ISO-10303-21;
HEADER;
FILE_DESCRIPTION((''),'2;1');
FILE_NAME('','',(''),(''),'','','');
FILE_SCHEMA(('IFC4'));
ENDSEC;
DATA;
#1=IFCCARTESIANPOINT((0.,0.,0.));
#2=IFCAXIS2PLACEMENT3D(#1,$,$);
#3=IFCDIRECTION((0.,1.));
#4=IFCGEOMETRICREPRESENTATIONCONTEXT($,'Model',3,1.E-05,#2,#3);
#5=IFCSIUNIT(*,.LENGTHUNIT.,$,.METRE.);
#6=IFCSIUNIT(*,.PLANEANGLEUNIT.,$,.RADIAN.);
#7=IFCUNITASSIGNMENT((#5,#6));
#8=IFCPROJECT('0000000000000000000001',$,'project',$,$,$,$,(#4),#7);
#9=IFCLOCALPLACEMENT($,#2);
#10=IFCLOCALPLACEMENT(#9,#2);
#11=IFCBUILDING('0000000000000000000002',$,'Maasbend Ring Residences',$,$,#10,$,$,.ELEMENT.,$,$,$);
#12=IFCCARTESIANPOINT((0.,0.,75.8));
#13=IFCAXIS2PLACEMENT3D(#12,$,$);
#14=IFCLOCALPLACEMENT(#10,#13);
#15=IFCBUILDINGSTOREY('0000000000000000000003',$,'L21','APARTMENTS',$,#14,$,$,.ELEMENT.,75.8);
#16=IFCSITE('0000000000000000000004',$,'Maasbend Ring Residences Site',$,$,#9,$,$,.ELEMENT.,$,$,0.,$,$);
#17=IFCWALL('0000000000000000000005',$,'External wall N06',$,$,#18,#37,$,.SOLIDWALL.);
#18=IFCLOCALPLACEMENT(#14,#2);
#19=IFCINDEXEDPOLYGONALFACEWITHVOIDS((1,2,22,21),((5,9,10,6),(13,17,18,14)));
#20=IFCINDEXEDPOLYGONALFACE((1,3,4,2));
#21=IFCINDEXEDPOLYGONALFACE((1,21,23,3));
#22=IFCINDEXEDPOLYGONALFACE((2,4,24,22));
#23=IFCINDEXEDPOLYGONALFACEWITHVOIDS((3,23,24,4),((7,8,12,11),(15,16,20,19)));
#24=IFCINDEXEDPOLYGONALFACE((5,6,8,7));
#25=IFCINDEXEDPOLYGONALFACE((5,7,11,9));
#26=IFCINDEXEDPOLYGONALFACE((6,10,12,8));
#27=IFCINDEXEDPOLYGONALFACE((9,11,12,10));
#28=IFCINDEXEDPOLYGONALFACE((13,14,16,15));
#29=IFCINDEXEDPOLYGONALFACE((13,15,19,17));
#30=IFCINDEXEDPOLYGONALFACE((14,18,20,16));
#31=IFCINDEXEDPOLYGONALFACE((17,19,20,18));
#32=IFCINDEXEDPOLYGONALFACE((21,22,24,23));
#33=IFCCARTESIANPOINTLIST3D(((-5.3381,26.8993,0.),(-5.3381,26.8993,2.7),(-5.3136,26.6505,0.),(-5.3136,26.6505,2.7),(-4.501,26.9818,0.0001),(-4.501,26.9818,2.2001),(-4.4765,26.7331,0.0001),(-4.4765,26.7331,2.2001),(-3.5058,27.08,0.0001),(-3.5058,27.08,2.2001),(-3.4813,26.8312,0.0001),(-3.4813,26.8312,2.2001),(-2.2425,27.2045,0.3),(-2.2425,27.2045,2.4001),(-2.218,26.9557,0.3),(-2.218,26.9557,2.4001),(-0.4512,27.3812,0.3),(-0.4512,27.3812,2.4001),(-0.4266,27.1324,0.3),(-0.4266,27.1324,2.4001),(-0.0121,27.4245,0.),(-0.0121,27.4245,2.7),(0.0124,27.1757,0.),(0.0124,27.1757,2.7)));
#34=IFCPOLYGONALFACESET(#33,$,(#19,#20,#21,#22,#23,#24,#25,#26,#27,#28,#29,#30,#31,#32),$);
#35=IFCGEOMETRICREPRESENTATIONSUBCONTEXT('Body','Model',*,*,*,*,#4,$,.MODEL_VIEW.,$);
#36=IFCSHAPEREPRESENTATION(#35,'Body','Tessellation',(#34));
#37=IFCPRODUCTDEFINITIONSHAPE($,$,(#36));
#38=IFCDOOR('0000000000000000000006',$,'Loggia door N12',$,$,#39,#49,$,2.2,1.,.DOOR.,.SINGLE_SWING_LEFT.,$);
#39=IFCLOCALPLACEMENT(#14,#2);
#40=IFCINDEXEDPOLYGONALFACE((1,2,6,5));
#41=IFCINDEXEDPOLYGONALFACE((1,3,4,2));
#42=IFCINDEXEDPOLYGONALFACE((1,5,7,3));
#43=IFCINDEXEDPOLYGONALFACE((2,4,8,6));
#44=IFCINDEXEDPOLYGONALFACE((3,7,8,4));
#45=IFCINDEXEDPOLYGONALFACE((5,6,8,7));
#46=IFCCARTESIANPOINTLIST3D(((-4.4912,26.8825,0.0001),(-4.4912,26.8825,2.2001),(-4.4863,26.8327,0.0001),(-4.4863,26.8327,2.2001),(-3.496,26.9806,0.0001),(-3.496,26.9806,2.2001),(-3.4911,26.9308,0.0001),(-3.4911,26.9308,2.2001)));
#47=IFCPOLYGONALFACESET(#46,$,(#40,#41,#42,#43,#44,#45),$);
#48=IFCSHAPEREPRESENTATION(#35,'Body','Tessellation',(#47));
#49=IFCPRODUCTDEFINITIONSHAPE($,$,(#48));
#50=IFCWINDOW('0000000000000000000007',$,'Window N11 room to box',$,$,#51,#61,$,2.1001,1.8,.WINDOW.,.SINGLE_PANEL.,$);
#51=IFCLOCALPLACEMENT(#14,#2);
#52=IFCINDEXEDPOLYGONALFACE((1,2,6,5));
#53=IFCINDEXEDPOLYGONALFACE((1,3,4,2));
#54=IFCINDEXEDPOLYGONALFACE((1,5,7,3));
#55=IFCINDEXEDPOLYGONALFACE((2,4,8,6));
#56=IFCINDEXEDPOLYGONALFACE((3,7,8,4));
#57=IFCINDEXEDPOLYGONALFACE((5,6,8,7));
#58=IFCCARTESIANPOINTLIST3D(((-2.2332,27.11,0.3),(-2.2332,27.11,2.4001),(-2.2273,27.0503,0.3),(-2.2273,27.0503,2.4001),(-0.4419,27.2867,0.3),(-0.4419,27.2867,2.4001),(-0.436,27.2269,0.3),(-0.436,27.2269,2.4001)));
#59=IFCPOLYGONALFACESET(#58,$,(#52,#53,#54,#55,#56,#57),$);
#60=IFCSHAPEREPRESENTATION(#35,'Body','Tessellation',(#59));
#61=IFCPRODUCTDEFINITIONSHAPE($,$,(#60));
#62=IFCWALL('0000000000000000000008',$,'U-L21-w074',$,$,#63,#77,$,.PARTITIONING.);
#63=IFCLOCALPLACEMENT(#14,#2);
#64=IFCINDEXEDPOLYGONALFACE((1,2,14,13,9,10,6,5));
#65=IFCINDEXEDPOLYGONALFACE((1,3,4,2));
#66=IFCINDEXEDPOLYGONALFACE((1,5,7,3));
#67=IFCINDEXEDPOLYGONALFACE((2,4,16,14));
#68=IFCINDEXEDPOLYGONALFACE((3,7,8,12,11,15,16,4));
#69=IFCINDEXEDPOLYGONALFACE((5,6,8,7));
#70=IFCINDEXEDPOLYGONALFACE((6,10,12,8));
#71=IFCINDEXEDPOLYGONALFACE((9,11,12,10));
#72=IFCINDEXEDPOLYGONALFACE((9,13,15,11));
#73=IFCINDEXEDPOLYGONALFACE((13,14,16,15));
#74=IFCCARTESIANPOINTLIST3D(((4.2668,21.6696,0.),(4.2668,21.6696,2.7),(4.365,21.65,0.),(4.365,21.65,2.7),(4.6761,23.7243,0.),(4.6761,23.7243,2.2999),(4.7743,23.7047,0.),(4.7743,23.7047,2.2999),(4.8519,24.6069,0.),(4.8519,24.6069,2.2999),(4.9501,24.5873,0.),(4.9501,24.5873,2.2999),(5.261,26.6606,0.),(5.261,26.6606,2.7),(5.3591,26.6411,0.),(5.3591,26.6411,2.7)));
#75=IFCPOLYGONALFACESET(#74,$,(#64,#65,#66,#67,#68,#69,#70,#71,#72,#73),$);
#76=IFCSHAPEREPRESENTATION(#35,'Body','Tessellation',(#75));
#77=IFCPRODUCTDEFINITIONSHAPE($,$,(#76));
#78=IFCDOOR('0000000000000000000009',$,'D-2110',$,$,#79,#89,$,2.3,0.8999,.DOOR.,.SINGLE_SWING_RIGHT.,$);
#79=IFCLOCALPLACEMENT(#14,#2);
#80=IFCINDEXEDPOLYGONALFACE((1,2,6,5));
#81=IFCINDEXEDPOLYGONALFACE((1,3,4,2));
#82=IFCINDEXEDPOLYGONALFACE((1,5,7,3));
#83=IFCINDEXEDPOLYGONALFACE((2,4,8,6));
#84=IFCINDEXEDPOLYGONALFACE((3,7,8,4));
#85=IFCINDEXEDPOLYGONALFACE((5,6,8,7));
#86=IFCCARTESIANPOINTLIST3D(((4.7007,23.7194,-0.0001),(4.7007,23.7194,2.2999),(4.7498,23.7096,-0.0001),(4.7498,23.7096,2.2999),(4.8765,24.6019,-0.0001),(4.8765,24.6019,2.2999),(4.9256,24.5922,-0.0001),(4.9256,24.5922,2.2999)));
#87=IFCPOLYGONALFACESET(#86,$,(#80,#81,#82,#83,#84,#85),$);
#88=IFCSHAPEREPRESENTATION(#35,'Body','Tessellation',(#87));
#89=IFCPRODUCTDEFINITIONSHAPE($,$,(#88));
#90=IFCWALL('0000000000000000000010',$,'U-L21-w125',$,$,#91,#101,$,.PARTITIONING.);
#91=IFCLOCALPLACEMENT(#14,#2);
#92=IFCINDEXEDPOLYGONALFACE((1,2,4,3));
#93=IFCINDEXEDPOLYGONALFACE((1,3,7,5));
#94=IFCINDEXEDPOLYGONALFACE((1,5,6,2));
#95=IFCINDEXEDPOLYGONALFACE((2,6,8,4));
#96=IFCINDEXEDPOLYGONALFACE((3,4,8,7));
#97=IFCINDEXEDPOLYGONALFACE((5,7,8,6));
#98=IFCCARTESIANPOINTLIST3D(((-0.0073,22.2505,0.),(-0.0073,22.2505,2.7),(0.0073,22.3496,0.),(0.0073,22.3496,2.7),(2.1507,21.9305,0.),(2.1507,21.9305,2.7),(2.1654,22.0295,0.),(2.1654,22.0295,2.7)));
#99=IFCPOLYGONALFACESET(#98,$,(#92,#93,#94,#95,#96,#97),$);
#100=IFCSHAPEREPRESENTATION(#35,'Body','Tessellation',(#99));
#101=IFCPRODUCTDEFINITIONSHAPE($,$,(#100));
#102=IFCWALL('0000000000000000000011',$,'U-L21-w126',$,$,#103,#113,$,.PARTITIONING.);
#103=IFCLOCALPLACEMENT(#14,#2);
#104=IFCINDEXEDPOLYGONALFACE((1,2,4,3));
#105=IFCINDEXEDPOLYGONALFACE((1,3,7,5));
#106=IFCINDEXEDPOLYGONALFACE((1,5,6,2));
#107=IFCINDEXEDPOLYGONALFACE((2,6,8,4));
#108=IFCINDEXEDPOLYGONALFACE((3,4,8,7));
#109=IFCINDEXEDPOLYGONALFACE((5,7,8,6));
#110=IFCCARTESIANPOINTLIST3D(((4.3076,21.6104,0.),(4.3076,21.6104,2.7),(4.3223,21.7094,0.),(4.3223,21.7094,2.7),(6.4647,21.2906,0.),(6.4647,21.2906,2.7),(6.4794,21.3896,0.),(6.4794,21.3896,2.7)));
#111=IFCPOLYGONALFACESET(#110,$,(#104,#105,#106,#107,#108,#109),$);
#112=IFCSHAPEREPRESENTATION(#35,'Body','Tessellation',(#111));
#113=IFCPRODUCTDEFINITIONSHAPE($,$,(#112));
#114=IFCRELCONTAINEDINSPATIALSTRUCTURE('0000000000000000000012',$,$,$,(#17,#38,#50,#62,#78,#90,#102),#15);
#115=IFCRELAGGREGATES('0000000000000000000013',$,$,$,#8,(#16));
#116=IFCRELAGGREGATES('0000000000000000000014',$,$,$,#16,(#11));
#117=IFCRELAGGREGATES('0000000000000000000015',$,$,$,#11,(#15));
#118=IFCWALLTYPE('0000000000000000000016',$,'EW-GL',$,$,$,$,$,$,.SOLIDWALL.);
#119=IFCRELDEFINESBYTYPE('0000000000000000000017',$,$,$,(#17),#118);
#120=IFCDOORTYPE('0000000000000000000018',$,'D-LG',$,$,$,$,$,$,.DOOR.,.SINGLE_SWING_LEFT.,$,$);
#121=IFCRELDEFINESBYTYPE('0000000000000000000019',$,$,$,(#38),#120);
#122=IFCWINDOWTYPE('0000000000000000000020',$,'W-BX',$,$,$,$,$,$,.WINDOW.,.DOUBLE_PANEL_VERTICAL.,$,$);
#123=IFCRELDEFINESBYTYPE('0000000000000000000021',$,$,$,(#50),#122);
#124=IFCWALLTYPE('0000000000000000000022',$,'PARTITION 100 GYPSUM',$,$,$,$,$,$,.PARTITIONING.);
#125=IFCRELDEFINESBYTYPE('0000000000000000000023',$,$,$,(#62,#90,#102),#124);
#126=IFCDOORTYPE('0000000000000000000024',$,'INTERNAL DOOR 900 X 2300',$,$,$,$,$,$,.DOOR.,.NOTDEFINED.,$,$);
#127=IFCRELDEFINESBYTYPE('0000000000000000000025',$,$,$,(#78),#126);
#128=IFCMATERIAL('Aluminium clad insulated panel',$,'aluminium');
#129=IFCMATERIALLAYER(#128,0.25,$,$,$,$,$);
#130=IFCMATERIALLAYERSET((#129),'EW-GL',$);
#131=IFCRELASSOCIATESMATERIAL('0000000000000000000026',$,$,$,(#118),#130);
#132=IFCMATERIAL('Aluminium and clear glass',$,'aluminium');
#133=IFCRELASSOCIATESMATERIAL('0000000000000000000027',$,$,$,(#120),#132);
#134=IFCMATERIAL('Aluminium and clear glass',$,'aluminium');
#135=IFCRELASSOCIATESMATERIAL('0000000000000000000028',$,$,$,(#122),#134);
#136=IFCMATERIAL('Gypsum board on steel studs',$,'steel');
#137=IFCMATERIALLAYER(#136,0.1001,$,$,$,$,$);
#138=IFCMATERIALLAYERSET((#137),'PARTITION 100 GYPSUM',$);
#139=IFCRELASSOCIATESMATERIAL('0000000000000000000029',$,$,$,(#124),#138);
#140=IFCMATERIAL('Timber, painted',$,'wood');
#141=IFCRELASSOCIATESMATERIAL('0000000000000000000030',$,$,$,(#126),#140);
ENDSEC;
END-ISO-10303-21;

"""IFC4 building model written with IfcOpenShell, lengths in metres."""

from ifc_helpers import new_model, si_unit, direction, frame, frame_2d, origin, place, context, subcontext, project, spatial, rectangle, extrude, material, layer, layer_set, type_object, element, fill, save


model = new_model("IFC4")

# Units and contexts
model_context = context("Model", 3, precision=1e-05, world=origin(), true_north=direction((0.0, 1.0)))
body_context = subcontext(model_context, "Body", "Model", "MODEL_VIEW")
ifc_project = project(units=[si_unit("LENGTHUNIT", "METRE"), si_unit("PLANEANGLEUNIT", "RADIAN")], contexts=[model_context])

# Site, building, storey
site_placement = place(None, origin())
site = spatial("IfcSite", under=ifc_project, at=site_placement, Name="Maasbend Ring Residences Site", CompositionType="ELEMENT", RefElevation=0.0)
building_placement = place(site_placement, origin())
building = spatial("IfcBuilding", under=site, at=building_placement, Name="Maasbend Ring Residences", CompositionType="ELEMENT")
storey_placement = place(building_placement, frame((0.0, 0.0, 75.8)))
storey = spatial("IfcBuildingStorey", under=building, at=storey_placement, Name="L21", Description="APARTMENTS", CompositionType="ELEMENT", Elevation=75.8)

# Wall, openings, door, window
ifc_material_1 = material(Name="Aluminium clad insulated panel", Category="aluminium")
ifc_layer_1 = layer(ifc_material_1, 0.25)
ifc_layer_set_1 = layer_set([ifc_layer_1], Name="EW-GL")
wall_type_1 = type_object("IfcWallType", Name="EW-GL", PredefinedType="SOLIDWALL", material=ifc_layer_set_1)
ifc_material_2 = material(Name="Aluminium and clear glass", Category="aluminium")
door_type_1 = type_object("IfcDoorType", Name="D-LG", OperationType="SINGLE_SWING_LEFT", PredefinedType="DOOR", material=ifc_material_2)
ifc_material_3 = material(Name="Aluminium and clear glass", Category="aluminium")
window_type_1 = type_object("IfcWindowType", Name="W-BX", PartitioningType="DOUBLE_PANEL_VERTICAL", PredefinedType="WINDOW", material=ifc_material_3)
wall_1_placement = place(storey_placement, frame((0.0, 27.3, 0.0), z_axis=(0.0, 0.0, 1.0), x_axis=(-0.995174, -0.098126, 0.0)))
wall_1 = element("IfcWall", 1, at=wall_1_placement, inside=storey, type_object=wall_type_1, Name="External wall N06", PredefinedType="SOLIDWALL", context=body_context, shape_type="SweptSolid", body=[
    extrude(rectangle(XDim=5.3518, YDim=0.25, at=frame_2d((2.6758, 0.0))), origin(), (0.0, 0.0, 1.0), 2.7),
])
opening_1_placement = place(wall_1_placement, frame((0.4412, 0.0, 0.3)))
opening_1 = element("IfcOpeningElement", 2, at=opening_1_placement, cuts=wall_1, PredefinedType="OPENING", context=body_context, shape_type="SweptSolid", body=[
    extrude(rectangle(XDim=1.8, YDim=2.1001, at=frame_2d((0.8999, 1.05))), frame((0.0, 0.135, 0.0), z_axis=(0.0, -1.0, 0.0), x_axis=(1.0, 0.0, 0.0)), (0.0, 0.0, 1.0), 0.27),
])
opening_2_placement = place(wall_1_placement, frame((3.5105, 0.0, 0.0)))
opening_2 = element("IfcOpeningElement", 3, at=opening_2_placement, cuts=wall_1, PredefinedType="OPENING", context=body_context, shape_type="SweptSolid", body=[
    extrude(rectangle(XDim=1.0, YDim=2.2, at=frame_2d((0.5, 1.1001))), frame((0.0, 0.135, 0.0), z_axis=(0.0, -1.0, 0.0), x_axis=(1.0, 0.0, 0.0)), (0.0, 0.0, 1.0), 0.27),
])
door_1_placement = place(opening_2_placement, origin())
door_1 = element("IfcDoor", 4, at=door_1_placement, inside=storey, type_object=door_type_1, Name="Loggia door N12", OperationType="SINGLE_SWING_LEFT", OverallHeight=2.2, OverallWidth=1.0, PredefinedType="DOOR", context=body_context, shape_type="SweptSolid", body=[
    extrude(rectangle(XDim=1.0, YDim=2.2, at=frame_2d((0.5, 1.1001))), frame((0.0, 0.0249, 0.0), z_axis=(0.0, -1.0, 0.0), x_axis=(1.0, 0.0, 0.0)), (0.0, 0.0, 1.0), 0.05),
])
fill(opening_2, door_1)
window_1_placement = place(opening_1_placement, origin())
window_1 = element("IfcWindow", 5, at=window_1_placement, inside=storey, type_object=window_type_1, Name="Window N11 room to box", OverallHeight=2.1001, OverallWidth=1.8, PartitioningType="SINGLE_PANEL", PredefinedType="WINDOW", context=body_context, shape_type="SweptSolid", body=[
    extrude(rectangle(XDim=1.8, YDim=2.1001, at=frame_2d((0.8999, 1.05))), frame((0.0, 0.03, 0.0), z_axis=(0.0, -1.0, 0.0), x_axis=(1.0, 0.0, 0.0)), (0.0, 0.0, 1.0), 0.0601),
])
fill(opening_1, window_1)

# Wall, opening, door
ifc_material_4 = material(Name="Gypsum board on steel studs", Category="steel")
ifc_layer_2 = layer(ifc_material_4, 0.1001)
ifc_layer_set_2 = layer_set([ifc_layer_2], Name="PARTITION 100 GYPSUM")
wall_type_2 = type_object("IfcWallType", Name="PARTITION 100 GYPSUM", PredefinedType="PARTITIONING", material=ifc_layer_set_2)
wall_2_placement = place(storey_placement, frame((4.3159, 21.6599, 0.0), z_axis=(0.0, 0.0, 1.0), x_axis=(0.19535, 0.980734, 0.0)))
wall_2 = element("IfcWall", 6, at=wall_2_placement, inside=storey, type_object=wall_type_2, Name="U-L21-w074", PredefinedType="PARTITIONING", context=body_context, shape_type="SweptSolid", body=[
    extrude(rectangle(XDim=5.0891, YDim=0.1001, at=frame_2d((2.5444, 0.0))), origin(), (0.0, 0.0, 1.0), 2.7),
])
opening_3_placement = place(wall_2_placement, frame((2.095, 0.0, 0.0)))
opening_3 = element("IfcOpeningElement", 7, at=opening_3_placement, cuts=wall_2, PredefinedType="OPENING", context=body_context, shape_type="SweptSolid", body=[
    extrude(rectangle(XDim=0.8999, YDim=2.3, at=frame_2d((0.45, 1.1499))), frame((0.0, 0.0601, 0.0), z_axis=(0.0, -1.0, 0.0), x_axis=(1.0, 0.0, 0.0)), (0.0, 0.0, 1.0), 0.1201),
])
ifc_material_5 = material(Name="Timber, painted", Category="wood")
door_type_2 = type_object("IfcDoorType", Name="INTERNAL DOOR 900 X 2300", OperationType="NOTDEFINED", PredefinedType="DOOR", material=ifc_material_5)
door_2_placement = place(opening_3_placement, origin())
door_2 = element("IfcDoor", 8, at=door_2_placement, inside=storey, type_object=door_type_2, Name="D-2110", OperationType="SINGLE_SWING_RIGHT", OverallHeight=2.3, OverallWidth=0.8999, PredefinedType="DOOR", context=body_context, shape_type="SweptSolid", body=[
    extrude(rectangle(XDim=0.8999, YDim=2.3, at=frame_2d((0.45, 1.1499))), frame((0.0, 0.0249, 0.0), z_axis=(0.0, -1.0, 0.0), x_axis=(1.0, 0.0, 0.0)), (0.0, 0.0, 1.0), 0.05),
])
fill(opening_3, door_2)

# Walls
wall_3_placement = place(storey_placement, frame((0.0, 22.3, 0.0), z_axis=(0.0, 0.0, 1.0), x_axis=(0.989179, -0.146715, 0.0)))
element("IfcWall", 9, at=wall_3_placement, inside=storey, type_object=wall_type_2, Name="U-L21-w125", PredefinedType="PARTITIONING", context=body_context, shape_type="SweptSolid", body=[
    extrude(rectangle(XDim=2.1816, YDim=0.1001, at=frame_2d((1.0908, 0.0))), origin(), (0.0, 0.0, 1.0), 2.7),
])
wall_4_placement = place(storey_placement, frame((4.3149, 21.6599, 0.0), z_axis=(0.0, 0.0, 1.0), x_axis=(0.989185, -0.14667, 0.0)))
element("IfcWall", 10, at=wall_4_placement, inside=storey, type_object=wall_type_2, Name="U-L21-w126", PredefinedType="PARTITIONING", context=body_context, shape_type="SweptSolid", body=[
    extrude(rectangle(XDim=2.1807, YDim=0.1001, at=frame_2d((1.0903, 0.0))), origin(), (0.0, 0.0, 1.0), 2.7),
])

save(model, "model.ifc")
